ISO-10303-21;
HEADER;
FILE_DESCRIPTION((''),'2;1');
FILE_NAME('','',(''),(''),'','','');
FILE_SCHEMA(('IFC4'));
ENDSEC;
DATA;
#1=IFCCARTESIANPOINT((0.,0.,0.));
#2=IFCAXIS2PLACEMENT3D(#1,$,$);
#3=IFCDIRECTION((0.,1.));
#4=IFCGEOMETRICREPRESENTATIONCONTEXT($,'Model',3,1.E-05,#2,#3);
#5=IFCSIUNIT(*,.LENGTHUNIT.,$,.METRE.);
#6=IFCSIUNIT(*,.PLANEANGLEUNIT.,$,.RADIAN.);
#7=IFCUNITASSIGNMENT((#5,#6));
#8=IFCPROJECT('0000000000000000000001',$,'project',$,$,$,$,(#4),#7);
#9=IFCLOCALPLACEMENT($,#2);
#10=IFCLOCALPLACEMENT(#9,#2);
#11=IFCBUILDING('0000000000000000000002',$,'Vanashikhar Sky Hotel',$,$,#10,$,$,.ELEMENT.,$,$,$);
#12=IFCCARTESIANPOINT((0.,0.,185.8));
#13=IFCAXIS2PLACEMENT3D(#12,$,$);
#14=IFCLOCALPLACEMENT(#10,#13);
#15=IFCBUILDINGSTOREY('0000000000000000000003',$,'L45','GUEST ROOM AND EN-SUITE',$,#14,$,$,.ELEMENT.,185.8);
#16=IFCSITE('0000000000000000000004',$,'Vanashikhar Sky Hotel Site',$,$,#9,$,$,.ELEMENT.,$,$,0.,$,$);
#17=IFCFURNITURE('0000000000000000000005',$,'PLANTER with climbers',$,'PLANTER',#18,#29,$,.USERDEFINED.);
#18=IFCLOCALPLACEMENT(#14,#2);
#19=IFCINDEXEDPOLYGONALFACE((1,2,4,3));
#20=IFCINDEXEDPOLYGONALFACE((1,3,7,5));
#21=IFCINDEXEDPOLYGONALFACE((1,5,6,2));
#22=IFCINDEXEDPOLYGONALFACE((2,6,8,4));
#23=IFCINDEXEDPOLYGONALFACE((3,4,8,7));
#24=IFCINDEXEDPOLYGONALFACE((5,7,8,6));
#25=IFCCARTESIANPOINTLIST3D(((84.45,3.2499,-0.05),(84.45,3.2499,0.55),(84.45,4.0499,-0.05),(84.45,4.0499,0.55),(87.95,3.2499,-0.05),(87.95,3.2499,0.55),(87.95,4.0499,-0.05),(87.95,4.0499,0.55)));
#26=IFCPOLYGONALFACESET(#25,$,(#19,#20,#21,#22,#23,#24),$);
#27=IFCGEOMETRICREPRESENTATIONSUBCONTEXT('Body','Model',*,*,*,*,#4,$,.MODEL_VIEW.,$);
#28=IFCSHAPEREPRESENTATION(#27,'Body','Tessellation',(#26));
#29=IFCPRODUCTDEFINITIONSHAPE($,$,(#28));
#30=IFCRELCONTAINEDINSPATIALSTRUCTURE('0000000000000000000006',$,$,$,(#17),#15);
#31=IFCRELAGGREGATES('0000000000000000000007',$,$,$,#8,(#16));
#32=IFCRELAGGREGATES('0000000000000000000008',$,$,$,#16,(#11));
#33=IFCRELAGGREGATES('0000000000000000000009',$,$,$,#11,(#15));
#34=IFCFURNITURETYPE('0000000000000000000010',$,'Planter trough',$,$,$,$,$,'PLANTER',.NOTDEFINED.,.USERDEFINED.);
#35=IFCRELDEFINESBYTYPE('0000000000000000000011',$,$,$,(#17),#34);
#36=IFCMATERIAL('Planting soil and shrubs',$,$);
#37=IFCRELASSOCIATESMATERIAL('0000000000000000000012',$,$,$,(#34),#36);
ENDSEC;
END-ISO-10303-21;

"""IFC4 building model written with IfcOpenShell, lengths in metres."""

from ifc_helpers import new_model, si_unit, direction, frame, origin, origin_2d, place, context, subcontext, project, spatial, rectangle, extrude, source, transform, mapped, material, type_object, element, save


model = new_model("IFC4")

# Units and contexts
model_context = context("Model", 3, precision=1e-05, world=origin(), true_north=direction((0.0, 1.0)))
body_context = subcontext(model_context, "Body", "Model", "MODEL_VIEW")
ifc_project = project(units=[si_unit("LENGTHUNIT", "METRE"), si_unit("PLANEANGLEUNIT", "RADIAN")], contexts=[model_context])

# Site, building, storey
site_placement = place(None, origin())
site = spatial("IfcSite", under=ifc_project, at=site_placement, Name="Vanashikhar Sky Hotel Site", CompositionType="ELEMENT", RefElevation=0.0)
building_placement = place(site_placement, origin())
building = spatial("IfcBuilding", under=site, at=building_placement, Name="Vanashikhar Sky Hotel", CompositionType="ELEMENT")
storey_placement = place(building_placement, frame((0.0, 0.0, 185.8)))
storey = spatial("IfcBuildingStorey", under=building, at=storey_placement, Name="L45", Description="GUEST ROOM AND EN-SUITE", CompositionType="ELEMENT", Elevation=185.8)

# Furniture
ifc_material_1 = material(Name="Planting soil and shrubs")
furniture_type = type_object("IfcFurnitureType", Name="Planter trough", ElementType="PLANTER", AssemblyPlace="NOTDEFINED", PredefinedType="USERDEFINED", material=ifc_material_1)
shared_shape_1 = source(origin(), body_context, "Body", "SweptSolid", [
    extrude(rectangle(XDim=3.5, YDim=0.8, at=origin_2d()), origin(), (0.0, 0.0, 1.0), 0.6001),
])
furniture_placement = place(storey_placement, frame((86.2, 3.6499, -0.05), z_axis=(0.0, 0.0, 1.0), x_axis=(1.0, 0.0, 0.0)))
element("IfcFurniture", 1, at=furniture_placement, inside=storey, type_object=furniture_type, Name="PLANTER with climbers", ObjectType="PLANTER", PredefinedType="USERDEFINED", context=body_context, shape_type="MappedRepresentation", body=[
    mapped(shared_shape_1, transform((0.0, 0.0, 0.0), scale=1.0)),
])

save(model, "model.ifc")
